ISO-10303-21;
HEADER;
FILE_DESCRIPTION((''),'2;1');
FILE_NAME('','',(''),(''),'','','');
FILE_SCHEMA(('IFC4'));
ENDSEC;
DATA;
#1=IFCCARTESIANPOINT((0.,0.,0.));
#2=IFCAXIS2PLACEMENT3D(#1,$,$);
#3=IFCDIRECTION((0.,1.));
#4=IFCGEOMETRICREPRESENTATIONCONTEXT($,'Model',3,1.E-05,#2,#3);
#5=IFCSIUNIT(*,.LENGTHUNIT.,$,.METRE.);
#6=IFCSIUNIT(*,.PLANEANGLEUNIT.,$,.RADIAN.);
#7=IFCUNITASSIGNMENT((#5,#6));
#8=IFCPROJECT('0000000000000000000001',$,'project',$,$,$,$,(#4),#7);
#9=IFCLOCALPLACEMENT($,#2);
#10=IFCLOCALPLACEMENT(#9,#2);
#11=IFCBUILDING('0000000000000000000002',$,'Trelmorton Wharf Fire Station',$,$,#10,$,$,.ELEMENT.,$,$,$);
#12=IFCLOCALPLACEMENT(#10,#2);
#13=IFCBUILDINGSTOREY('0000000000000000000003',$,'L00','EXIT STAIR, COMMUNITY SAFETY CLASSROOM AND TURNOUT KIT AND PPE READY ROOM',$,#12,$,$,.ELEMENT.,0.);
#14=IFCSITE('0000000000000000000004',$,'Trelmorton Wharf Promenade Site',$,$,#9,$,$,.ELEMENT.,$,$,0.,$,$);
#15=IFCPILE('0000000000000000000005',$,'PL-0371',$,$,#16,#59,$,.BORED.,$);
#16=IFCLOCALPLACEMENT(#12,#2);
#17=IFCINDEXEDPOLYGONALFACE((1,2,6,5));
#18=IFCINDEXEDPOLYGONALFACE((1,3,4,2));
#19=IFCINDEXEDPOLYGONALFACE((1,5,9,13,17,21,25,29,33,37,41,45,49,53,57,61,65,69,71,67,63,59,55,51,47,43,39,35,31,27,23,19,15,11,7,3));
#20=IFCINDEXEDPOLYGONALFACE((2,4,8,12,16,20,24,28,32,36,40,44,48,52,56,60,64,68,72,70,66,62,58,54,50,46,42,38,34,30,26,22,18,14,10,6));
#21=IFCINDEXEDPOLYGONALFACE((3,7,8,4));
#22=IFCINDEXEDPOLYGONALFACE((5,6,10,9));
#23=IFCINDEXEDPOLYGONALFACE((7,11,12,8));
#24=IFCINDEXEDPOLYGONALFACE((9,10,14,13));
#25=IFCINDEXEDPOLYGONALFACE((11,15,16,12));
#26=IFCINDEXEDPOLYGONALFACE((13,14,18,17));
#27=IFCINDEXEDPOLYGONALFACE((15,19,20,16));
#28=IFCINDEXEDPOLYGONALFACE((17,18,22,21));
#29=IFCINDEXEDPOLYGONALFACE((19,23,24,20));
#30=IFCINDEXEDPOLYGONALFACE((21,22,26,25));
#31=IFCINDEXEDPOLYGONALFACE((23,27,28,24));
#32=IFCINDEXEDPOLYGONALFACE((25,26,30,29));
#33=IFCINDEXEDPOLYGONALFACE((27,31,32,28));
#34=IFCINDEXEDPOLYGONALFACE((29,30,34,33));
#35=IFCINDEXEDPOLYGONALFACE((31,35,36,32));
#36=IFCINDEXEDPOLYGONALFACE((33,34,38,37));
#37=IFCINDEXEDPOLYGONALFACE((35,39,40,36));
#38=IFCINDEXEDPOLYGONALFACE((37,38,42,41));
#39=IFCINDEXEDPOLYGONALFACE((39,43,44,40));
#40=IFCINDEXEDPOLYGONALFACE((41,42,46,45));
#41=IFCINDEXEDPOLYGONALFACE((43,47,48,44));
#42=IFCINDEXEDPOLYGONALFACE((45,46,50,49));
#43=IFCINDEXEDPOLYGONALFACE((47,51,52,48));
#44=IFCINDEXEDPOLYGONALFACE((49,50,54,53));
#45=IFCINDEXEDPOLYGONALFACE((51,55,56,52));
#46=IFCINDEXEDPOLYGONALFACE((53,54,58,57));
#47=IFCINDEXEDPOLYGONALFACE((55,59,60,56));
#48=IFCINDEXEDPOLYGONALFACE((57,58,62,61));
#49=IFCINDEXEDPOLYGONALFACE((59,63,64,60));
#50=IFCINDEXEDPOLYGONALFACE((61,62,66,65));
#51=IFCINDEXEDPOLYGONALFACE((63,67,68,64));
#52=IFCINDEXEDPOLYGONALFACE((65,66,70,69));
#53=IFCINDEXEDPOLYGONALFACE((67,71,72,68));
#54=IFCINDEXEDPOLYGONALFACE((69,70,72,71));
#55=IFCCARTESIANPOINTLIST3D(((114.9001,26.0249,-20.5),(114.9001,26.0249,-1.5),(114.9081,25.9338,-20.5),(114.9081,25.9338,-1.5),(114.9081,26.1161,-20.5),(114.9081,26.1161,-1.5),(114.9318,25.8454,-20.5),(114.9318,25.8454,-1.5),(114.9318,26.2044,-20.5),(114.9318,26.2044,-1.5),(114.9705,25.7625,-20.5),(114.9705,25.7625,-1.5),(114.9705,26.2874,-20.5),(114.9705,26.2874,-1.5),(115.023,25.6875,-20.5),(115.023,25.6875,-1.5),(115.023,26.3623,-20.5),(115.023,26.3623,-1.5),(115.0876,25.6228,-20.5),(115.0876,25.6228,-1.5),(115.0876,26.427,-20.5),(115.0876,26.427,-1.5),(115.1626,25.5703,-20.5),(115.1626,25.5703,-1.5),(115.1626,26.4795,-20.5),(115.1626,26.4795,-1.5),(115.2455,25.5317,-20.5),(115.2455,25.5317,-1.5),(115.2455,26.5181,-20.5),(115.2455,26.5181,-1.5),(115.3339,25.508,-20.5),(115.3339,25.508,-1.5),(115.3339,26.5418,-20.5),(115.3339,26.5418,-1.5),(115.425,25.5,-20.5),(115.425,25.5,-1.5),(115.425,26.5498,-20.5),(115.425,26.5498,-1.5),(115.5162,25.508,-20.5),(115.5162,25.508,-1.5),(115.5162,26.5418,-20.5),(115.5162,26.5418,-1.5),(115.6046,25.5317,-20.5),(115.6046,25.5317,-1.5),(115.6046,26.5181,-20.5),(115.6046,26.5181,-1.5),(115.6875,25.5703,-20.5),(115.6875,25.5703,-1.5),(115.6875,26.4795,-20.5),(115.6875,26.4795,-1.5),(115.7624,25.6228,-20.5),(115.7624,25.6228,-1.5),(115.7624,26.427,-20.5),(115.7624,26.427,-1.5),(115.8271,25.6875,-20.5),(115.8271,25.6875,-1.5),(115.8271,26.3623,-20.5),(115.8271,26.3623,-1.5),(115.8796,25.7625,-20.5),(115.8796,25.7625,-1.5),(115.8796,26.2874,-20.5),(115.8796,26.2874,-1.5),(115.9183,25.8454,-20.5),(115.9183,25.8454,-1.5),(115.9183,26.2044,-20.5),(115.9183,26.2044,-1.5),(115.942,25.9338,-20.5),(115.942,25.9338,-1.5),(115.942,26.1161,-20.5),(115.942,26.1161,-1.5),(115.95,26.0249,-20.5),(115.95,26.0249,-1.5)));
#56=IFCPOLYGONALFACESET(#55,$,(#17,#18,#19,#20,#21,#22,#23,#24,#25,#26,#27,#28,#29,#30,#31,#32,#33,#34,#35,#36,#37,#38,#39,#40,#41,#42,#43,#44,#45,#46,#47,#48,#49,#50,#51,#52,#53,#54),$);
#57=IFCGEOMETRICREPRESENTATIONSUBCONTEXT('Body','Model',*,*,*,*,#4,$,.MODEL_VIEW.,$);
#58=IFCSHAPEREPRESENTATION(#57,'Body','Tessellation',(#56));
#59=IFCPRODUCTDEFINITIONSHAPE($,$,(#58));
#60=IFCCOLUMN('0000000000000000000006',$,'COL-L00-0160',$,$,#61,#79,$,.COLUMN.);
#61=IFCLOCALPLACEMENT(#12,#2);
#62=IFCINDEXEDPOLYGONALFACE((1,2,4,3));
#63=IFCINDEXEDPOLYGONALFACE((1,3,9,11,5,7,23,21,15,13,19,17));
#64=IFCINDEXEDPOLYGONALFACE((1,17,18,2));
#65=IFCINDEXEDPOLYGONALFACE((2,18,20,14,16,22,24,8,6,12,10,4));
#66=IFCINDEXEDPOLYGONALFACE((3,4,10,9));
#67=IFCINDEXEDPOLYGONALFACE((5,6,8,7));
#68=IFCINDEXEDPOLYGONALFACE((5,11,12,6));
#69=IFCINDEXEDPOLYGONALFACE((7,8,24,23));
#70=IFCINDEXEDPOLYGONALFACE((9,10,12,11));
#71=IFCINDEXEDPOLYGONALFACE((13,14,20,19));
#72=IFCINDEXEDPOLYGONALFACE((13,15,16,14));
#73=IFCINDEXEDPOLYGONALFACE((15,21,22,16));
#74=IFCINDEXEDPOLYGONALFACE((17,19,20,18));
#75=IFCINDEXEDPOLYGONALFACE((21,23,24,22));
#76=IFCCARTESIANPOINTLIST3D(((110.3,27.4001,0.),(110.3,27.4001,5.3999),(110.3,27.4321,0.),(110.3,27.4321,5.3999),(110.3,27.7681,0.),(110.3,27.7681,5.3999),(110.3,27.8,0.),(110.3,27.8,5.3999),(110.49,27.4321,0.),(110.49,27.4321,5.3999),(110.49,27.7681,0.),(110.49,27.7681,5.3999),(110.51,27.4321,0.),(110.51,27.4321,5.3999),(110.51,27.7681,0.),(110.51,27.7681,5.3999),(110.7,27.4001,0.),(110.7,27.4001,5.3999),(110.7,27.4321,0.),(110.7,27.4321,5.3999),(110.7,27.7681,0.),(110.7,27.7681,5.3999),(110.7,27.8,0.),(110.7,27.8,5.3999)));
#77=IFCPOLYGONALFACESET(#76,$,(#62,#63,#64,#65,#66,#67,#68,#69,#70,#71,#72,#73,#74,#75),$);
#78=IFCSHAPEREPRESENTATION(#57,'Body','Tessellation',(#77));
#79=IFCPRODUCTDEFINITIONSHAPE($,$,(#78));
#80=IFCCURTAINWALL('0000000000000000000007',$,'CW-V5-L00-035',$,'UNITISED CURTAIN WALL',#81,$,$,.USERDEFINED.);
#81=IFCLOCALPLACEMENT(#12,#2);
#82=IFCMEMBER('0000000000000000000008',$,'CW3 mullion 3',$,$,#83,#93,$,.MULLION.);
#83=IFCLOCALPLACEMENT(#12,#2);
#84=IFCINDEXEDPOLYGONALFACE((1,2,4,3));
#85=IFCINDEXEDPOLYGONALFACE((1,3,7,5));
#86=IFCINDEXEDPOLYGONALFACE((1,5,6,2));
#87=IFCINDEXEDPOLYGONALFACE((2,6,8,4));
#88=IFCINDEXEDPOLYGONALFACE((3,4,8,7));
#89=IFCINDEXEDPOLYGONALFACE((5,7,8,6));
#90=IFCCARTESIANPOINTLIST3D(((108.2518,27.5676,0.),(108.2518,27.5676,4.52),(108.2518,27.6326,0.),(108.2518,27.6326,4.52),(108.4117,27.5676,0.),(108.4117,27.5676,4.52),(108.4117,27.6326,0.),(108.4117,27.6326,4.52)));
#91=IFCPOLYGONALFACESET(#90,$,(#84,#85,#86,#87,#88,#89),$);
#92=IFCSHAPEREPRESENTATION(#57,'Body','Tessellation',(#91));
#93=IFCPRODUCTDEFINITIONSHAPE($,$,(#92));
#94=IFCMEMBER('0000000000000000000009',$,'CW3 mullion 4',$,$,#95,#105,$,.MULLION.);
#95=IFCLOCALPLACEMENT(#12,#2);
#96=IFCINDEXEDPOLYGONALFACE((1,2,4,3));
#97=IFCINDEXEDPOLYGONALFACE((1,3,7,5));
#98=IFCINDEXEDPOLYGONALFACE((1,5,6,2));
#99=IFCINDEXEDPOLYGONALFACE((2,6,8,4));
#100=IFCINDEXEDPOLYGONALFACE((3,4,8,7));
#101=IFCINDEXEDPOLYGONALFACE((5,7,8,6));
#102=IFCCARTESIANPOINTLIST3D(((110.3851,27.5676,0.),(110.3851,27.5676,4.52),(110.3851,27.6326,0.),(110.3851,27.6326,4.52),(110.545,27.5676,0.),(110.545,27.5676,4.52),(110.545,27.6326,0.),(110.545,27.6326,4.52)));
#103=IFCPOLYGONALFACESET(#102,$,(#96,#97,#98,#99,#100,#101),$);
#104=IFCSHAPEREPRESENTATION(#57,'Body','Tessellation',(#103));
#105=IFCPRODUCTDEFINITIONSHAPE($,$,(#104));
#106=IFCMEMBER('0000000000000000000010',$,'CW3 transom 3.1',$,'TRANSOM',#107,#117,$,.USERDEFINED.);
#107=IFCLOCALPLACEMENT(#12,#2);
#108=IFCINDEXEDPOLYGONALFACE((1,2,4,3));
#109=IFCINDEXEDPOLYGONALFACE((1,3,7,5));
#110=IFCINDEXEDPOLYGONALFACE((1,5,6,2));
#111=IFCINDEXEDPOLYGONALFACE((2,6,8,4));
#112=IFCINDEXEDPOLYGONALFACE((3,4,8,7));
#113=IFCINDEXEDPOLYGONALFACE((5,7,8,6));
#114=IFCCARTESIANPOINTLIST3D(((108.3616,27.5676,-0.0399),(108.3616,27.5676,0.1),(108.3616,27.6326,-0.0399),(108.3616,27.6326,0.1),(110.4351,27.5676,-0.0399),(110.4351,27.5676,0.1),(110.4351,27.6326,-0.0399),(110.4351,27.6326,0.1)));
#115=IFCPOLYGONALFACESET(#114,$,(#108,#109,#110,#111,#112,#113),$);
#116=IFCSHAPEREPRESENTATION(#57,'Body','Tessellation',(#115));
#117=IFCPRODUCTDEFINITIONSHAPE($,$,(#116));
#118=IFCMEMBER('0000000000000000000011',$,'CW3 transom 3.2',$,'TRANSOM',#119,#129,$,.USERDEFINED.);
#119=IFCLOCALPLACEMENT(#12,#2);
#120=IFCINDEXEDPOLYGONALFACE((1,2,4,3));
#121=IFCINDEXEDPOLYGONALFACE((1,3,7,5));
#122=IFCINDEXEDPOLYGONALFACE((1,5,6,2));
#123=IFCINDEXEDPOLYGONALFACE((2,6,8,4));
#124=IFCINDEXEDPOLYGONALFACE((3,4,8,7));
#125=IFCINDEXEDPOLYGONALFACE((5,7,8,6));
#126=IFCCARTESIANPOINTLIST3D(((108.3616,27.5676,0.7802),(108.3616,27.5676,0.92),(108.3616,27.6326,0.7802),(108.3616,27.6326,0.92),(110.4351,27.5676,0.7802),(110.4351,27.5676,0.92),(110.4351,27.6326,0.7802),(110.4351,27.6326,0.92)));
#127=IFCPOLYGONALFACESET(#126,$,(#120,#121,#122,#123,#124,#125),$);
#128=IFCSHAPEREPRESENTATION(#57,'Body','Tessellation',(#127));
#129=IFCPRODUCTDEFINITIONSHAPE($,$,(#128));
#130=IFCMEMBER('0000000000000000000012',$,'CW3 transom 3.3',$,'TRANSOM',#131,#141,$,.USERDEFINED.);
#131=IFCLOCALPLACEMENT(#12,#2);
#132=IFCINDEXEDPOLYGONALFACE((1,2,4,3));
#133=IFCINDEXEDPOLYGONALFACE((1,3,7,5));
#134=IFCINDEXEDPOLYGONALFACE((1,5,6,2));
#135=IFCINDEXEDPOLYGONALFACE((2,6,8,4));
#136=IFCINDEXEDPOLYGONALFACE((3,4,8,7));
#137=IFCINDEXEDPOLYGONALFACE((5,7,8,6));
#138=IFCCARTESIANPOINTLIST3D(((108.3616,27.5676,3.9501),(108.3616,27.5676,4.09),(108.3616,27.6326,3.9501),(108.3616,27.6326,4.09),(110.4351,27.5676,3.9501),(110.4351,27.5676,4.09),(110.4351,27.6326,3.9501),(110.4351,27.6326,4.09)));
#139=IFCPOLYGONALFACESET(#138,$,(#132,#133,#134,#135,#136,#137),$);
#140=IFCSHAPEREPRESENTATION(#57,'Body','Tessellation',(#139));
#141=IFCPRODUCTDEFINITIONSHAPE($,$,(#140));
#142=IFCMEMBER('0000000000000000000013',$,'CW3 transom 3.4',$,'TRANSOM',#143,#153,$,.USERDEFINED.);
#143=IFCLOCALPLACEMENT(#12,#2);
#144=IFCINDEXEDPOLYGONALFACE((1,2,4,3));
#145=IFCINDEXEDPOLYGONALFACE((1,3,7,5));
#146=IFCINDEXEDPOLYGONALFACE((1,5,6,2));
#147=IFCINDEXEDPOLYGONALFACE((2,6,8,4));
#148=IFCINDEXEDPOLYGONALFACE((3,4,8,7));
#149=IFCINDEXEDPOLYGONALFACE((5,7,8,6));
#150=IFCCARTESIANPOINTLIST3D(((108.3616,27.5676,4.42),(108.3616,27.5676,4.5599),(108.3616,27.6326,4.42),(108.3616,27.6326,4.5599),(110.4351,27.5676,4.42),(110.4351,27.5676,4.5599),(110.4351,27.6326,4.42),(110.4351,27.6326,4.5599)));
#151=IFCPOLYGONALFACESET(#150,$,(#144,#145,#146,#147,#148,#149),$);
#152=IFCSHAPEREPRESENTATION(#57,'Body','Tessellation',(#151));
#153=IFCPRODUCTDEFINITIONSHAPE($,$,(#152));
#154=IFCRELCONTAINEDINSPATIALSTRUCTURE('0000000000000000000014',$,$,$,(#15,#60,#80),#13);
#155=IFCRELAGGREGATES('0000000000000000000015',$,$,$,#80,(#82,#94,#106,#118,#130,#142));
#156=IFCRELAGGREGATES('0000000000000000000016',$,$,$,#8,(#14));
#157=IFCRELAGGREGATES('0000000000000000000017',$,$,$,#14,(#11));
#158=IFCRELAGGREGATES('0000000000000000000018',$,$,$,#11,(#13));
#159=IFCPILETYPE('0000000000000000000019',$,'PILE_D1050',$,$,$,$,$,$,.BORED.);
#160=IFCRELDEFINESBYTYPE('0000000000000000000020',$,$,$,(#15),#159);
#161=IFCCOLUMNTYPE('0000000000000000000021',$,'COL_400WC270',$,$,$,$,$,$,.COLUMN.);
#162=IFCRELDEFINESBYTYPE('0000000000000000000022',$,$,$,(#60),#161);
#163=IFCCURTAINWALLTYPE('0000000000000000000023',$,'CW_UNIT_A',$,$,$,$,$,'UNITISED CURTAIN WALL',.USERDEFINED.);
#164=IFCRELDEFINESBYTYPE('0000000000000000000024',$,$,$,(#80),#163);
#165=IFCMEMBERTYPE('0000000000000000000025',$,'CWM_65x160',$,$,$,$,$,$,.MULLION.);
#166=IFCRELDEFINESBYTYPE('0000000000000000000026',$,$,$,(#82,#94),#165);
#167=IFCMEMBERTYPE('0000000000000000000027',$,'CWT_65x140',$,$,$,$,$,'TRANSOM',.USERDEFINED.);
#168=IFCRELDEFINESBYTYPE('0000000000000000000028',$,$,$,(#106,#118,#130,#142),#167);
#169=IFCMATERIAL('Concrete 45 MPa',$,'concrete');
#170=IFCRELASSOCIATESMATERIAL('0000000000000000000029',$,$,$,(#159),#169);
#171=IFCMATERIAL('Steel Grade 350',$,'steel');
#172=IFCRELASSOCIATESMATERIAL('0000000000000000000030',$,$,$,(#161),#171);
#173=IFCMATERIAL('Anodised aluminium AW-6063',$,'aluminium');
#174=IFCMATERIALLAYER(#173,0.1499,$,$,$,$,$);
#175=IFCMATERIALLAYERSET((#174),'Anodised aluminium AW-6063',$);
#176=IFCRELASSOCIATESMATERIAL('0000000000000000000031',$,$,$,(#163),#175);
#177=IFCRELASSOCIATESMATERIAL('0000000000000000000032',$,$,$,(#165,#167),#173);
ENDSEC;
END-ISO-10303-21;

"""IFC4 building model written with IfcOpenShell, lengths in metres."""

from ifc_helpers import new_model, si_unit, direction, frame, origin, origin_2d, place, context, subcontext, project, spatial, rectangle, circle, i_section, extrude, material, layer, layer_set, material_profile, profile_set, type_object, element, aggregate, save


model = new_model("IFC4")

# Units and contexts
model_context = context("Model", 3, precision=1e-05, world=origin(), true_north=direction((0.0, 1.0)))
body_context = subcontext(model_context, "Body", "Model", "MODEL_VIEW")
ifc_project = project(units=[si_unit("LENGTHUNIT", "METRE"), si_unit("PLANEANGLEUNIT", "RADIAN")], contexts=[model_context])

# Site, building, storey
site_placement = place(None, origin())
site = spatial("IfcSite", under=ifc_project, at=site_placement, Name="Trelmorton Wharf Promenade Site", CompositionType="ELEMENT", RefElevation=0.0)
building_placement = place(site_placement, origin())
building = spatial("IfcBuilding", under=site, at=building_placement, Name="Trelmorton Wharf Fire Station", CompositionType="ELEMENT")
storey_placement = place(building_placement, origin())
storey = spatial("IfcBuildingStorey", under=building, at=storey_placement, Name="L00", Description="EXIT STAIR, COMMUNITY SAFETY CLASSROOM AND TURNOUT KIT AND PPE READY ROOM", CompositionType="ELEMENT", Elevation=0.0)

# Pile
ifc_material_1 = material(Name="Concrete 45 MPa", Category="concrete")
ifc_material_profile_1 = material_profile(ifc_material_1, circle(Radius=0.5249, at=origin_2d()), Name="PILE-D1050")
ifc_profile_set_1 = profile_set([ifc_material_profile_1], Name="Concrete 45 MPa")
pile_type = type_object("IfcPileType", Name="PILE_D1050", PredefinedType="BORED", material=ifc_profile_set_1)
for number, where, z_axis, x_axis, name in (
    (1, (115.425, 26.0249, -1.5), (0.0, 0.0, -1.0), (1.0, 0.0, 0.0), "PL-0371"),
):
    element("IfcPile", number, at=place(storey_placement, frame(where, z_axis=z_axis, x_axis=x_axis)), inside=storey, type_object=pile_type, Name=name, PredefinedType="BORED", context=body_context, shape_type="SweptSolid", body=[
        extrude(circle(Radius=0.5249, at=origin_2d()), origin(), (0.0, 0.0, 1.0), 19.0),
    ])

# Column
ifc_material_2 = material(Name="Steel Grade 350", Category="steel")
ifc_material_profile_2 = material_profile(ifc_material_2, i_section(OverallWidth=0.3999, OverallDepth=0.3999, WebThickness=0.02, FlangeThickness=0.032, at=origin_2d()), Name="400WC270")
ifc_profile_set_2 = profile_set([ifc_material_profile_2], Name="Steel Grade 350")
column_type = type_object("IfcColumnType", Name="COL_400WC270", PredefinedType="COLUMN", material=ifc_profile_set_2)
column_placement = place(storey_placement, frame((110.5, 27.6001, 0.0), z_axis=(0.0, 0.0, 1.0), x_axis=(1.0, 0.0, 0.0)))
element("IfcColumn", 2, at=column_placement, inside=storey, type_object=column_type, Name="COL-L00-0160", PredefinedType="COLUMN", context=body_context, shape_type="SweptSolid", body=[
    extrude(i_section(OverallWidth=0.3999, OverallDepth=0.3999, WebThickness=0.02, FlangeThickness=0.032, at=origin_2d()), origin(), (0.0, 0.0, 1.0), 5.3999),
])

# Curtain wall, members
ifc_material_3 = material(Name="Anodised aluminium AW-6063", Category="aluminium")
ifc_layer_1 = layer(ifc_material_3, 0.1499)
ifc_layer_set_1 = layer_set([ifc_layer_1], Name="Anodised aluminium AW-6063")
curtain_wall_type = type_object("IfcCurtainWallType", Name="CW_UNIT_A", ElementType="UNITISED CURTAIN WALL", PredefinedType="USERDEFINED", material=ifc_layer_set_1)
curtain_wall_placement = place(storey_placement, origin())
curtain_wall = element("IfcCurtainWall", 3, at=curtain_wall_placement, inside=storey, type_object=curtain_wall_type, Name="CW-V5-L00-035", ObjectType="UNITISED CURTAIN WALL", PredefinedType="USERDEFINED")
ifc_material_profile_3 = material_profile(ifc_material_3, rectangle(XDim=0.0649, YDim=0.1599, at=origin_2d()), Name="ALU-65x160")
ifc_profile_set_3 = profile_set([ifc_material_profile_3], Name="Anodised aluminium AW-6063")
member_type_1 = type_object("IfcMemberType", Name="CWM_65x160", PredefinedType="MULLION", material=ifc_profile_set_3)
member_1_placement = place(storey_placement, frame((108.3318, 27.6001, 0.0), z_axis=(0.0, 0.0, 1.0), x_axis=(0.0, 1.0, 0.0)))
member_1 = element("IfcMember", 4, at=member_1_placement, type_object=member_type_1, Name="CW3 mullion 3", PredefinedType="MULLION", context=body_context, shape_type="SweptSolid", body=[
    extrude(rectangle(XDim=0.0649, YDim=0.1599, at=origin_2d()), origin(), (0.0, 0.0, 1.0), 4.52),
])
member_2_placement = place(storey_placement, frame((110.4651, 27.6001, 0.0), z_axis=(0.0, 0.0, 1.0), x_axis=(0.0, 1.0, 0.0)))
member_2 = element("IfcMember", 5, at=member_2_placement, type_object=member_type_1, Name="CW3 mullion 4", PredefinedType="MULLION", context=body_context, shape_type="SweptSolid", body=[
    extrude(rectangle(XDim=0.0649, YDim=0.1599, at=origin_2d()), origin(), (0.0, 0.0, 1.0), 4.52),
])
ifc_material_profile_4 = material_profile(ifc_material_3, rectangle(XDim=0.0649, YDim=0.1399, at=origin_2d()), Name="ALU-65x140")
ifc_profile_set_4 = profile_set([ifc_material_profile_4], Name="Anodised aluminium AW-6063")
member_type_2 = type_object("IfcMemberType", Name="CWT_65x140", ElementType="TRANSOM", PredefinedType="USERDEFINED", material=ifc_profile_set_4)
member_3_placement = place(storey_placement, frame((108.3616, 27.6001, 0.03), z_axis=(1.0, 0.0, 0.0), x_axis=(0.0, 1.0, 0.0)))
member_3 = element("IfcMember", 6, at=member_3_placement, type_object=member_type_2, Name="CW3 transom 3.1", ObjectType="TRANSOM", PredefinedType="USERDEFINED", context=body_context, shape_type="SweptSolid", body=[
    extrude(rectangle(XDim=0.0649, YDim=0.1399, at=origin_2d()), origin(), (0.0, 0.0, 1.0), 2.0735),
])
member_4_placement = place(storey_placement, frame((108.3616, 27.6001, 0.8501), z_axis=(1.0, 0.0, 0.0), x_axis=(0.0, 1.0, 0.0)))
member_4 = element("IfcMember", 7, at=member_4_placement, type_object=member_type_2, Name="CW3 transom 3.2", ObjectType="TRANSOM", PredefinedType="USERDEFINED", context=body_context, shape_type="SweptSolid", body=[
    extrude(rectangle(XDim=0.0649, YDim=0.1399, at=origin_2d()), origin(), (0.0, 0.0, 1.0), 2.0735),
])
member_5_placement = place(storey_placement, frame((108.3616, 27.6001, 4.02), z_axis=(1.0, 0.0, 0.0), x_axis=(0.0, 1.0, 0.0)))
member_5 = element("IfcMember", 8, at=member_5_placement, type_object=member_type_2, Name="CW3 transom 3.3", ObjectType="TRANSOM", PredefinedType="USERDEFINED", context=body_context, shape_type="SweptSolid", body=[
    extrude(rectangle(XDim=0.0649, YDim=0.1399, at=origin_2d()), origin(), (0.0, 0.0, 1.0), 2.0735),
])
member_6_placement = place(storey_placement, frame((108.3616, 27.6001, 4.49), z_axis=(1.0, 0.0, 0.0), x_axis=(0.0, 1.0, 0.0)))
member_6 = element("IfcMember", 9, at=member_6_placement, type_object=member_type_2, Name="CW3 transom 3.4", ObjectType="TRANSOM", PredefinedType="USERDEFINED", context=body_context, shape_type="SweptSolid", body=[
    extrude(rectangle(XDim=0.0649, YDim=0.1399, at=origin_2d()), origin(), (0.0, 0.0, 1.0), 2.0735),
])

aggregate(curtain_wall, [member_1, member_2, member_3, member_4, member_5, member_6])

save(model, "model.ifc")
